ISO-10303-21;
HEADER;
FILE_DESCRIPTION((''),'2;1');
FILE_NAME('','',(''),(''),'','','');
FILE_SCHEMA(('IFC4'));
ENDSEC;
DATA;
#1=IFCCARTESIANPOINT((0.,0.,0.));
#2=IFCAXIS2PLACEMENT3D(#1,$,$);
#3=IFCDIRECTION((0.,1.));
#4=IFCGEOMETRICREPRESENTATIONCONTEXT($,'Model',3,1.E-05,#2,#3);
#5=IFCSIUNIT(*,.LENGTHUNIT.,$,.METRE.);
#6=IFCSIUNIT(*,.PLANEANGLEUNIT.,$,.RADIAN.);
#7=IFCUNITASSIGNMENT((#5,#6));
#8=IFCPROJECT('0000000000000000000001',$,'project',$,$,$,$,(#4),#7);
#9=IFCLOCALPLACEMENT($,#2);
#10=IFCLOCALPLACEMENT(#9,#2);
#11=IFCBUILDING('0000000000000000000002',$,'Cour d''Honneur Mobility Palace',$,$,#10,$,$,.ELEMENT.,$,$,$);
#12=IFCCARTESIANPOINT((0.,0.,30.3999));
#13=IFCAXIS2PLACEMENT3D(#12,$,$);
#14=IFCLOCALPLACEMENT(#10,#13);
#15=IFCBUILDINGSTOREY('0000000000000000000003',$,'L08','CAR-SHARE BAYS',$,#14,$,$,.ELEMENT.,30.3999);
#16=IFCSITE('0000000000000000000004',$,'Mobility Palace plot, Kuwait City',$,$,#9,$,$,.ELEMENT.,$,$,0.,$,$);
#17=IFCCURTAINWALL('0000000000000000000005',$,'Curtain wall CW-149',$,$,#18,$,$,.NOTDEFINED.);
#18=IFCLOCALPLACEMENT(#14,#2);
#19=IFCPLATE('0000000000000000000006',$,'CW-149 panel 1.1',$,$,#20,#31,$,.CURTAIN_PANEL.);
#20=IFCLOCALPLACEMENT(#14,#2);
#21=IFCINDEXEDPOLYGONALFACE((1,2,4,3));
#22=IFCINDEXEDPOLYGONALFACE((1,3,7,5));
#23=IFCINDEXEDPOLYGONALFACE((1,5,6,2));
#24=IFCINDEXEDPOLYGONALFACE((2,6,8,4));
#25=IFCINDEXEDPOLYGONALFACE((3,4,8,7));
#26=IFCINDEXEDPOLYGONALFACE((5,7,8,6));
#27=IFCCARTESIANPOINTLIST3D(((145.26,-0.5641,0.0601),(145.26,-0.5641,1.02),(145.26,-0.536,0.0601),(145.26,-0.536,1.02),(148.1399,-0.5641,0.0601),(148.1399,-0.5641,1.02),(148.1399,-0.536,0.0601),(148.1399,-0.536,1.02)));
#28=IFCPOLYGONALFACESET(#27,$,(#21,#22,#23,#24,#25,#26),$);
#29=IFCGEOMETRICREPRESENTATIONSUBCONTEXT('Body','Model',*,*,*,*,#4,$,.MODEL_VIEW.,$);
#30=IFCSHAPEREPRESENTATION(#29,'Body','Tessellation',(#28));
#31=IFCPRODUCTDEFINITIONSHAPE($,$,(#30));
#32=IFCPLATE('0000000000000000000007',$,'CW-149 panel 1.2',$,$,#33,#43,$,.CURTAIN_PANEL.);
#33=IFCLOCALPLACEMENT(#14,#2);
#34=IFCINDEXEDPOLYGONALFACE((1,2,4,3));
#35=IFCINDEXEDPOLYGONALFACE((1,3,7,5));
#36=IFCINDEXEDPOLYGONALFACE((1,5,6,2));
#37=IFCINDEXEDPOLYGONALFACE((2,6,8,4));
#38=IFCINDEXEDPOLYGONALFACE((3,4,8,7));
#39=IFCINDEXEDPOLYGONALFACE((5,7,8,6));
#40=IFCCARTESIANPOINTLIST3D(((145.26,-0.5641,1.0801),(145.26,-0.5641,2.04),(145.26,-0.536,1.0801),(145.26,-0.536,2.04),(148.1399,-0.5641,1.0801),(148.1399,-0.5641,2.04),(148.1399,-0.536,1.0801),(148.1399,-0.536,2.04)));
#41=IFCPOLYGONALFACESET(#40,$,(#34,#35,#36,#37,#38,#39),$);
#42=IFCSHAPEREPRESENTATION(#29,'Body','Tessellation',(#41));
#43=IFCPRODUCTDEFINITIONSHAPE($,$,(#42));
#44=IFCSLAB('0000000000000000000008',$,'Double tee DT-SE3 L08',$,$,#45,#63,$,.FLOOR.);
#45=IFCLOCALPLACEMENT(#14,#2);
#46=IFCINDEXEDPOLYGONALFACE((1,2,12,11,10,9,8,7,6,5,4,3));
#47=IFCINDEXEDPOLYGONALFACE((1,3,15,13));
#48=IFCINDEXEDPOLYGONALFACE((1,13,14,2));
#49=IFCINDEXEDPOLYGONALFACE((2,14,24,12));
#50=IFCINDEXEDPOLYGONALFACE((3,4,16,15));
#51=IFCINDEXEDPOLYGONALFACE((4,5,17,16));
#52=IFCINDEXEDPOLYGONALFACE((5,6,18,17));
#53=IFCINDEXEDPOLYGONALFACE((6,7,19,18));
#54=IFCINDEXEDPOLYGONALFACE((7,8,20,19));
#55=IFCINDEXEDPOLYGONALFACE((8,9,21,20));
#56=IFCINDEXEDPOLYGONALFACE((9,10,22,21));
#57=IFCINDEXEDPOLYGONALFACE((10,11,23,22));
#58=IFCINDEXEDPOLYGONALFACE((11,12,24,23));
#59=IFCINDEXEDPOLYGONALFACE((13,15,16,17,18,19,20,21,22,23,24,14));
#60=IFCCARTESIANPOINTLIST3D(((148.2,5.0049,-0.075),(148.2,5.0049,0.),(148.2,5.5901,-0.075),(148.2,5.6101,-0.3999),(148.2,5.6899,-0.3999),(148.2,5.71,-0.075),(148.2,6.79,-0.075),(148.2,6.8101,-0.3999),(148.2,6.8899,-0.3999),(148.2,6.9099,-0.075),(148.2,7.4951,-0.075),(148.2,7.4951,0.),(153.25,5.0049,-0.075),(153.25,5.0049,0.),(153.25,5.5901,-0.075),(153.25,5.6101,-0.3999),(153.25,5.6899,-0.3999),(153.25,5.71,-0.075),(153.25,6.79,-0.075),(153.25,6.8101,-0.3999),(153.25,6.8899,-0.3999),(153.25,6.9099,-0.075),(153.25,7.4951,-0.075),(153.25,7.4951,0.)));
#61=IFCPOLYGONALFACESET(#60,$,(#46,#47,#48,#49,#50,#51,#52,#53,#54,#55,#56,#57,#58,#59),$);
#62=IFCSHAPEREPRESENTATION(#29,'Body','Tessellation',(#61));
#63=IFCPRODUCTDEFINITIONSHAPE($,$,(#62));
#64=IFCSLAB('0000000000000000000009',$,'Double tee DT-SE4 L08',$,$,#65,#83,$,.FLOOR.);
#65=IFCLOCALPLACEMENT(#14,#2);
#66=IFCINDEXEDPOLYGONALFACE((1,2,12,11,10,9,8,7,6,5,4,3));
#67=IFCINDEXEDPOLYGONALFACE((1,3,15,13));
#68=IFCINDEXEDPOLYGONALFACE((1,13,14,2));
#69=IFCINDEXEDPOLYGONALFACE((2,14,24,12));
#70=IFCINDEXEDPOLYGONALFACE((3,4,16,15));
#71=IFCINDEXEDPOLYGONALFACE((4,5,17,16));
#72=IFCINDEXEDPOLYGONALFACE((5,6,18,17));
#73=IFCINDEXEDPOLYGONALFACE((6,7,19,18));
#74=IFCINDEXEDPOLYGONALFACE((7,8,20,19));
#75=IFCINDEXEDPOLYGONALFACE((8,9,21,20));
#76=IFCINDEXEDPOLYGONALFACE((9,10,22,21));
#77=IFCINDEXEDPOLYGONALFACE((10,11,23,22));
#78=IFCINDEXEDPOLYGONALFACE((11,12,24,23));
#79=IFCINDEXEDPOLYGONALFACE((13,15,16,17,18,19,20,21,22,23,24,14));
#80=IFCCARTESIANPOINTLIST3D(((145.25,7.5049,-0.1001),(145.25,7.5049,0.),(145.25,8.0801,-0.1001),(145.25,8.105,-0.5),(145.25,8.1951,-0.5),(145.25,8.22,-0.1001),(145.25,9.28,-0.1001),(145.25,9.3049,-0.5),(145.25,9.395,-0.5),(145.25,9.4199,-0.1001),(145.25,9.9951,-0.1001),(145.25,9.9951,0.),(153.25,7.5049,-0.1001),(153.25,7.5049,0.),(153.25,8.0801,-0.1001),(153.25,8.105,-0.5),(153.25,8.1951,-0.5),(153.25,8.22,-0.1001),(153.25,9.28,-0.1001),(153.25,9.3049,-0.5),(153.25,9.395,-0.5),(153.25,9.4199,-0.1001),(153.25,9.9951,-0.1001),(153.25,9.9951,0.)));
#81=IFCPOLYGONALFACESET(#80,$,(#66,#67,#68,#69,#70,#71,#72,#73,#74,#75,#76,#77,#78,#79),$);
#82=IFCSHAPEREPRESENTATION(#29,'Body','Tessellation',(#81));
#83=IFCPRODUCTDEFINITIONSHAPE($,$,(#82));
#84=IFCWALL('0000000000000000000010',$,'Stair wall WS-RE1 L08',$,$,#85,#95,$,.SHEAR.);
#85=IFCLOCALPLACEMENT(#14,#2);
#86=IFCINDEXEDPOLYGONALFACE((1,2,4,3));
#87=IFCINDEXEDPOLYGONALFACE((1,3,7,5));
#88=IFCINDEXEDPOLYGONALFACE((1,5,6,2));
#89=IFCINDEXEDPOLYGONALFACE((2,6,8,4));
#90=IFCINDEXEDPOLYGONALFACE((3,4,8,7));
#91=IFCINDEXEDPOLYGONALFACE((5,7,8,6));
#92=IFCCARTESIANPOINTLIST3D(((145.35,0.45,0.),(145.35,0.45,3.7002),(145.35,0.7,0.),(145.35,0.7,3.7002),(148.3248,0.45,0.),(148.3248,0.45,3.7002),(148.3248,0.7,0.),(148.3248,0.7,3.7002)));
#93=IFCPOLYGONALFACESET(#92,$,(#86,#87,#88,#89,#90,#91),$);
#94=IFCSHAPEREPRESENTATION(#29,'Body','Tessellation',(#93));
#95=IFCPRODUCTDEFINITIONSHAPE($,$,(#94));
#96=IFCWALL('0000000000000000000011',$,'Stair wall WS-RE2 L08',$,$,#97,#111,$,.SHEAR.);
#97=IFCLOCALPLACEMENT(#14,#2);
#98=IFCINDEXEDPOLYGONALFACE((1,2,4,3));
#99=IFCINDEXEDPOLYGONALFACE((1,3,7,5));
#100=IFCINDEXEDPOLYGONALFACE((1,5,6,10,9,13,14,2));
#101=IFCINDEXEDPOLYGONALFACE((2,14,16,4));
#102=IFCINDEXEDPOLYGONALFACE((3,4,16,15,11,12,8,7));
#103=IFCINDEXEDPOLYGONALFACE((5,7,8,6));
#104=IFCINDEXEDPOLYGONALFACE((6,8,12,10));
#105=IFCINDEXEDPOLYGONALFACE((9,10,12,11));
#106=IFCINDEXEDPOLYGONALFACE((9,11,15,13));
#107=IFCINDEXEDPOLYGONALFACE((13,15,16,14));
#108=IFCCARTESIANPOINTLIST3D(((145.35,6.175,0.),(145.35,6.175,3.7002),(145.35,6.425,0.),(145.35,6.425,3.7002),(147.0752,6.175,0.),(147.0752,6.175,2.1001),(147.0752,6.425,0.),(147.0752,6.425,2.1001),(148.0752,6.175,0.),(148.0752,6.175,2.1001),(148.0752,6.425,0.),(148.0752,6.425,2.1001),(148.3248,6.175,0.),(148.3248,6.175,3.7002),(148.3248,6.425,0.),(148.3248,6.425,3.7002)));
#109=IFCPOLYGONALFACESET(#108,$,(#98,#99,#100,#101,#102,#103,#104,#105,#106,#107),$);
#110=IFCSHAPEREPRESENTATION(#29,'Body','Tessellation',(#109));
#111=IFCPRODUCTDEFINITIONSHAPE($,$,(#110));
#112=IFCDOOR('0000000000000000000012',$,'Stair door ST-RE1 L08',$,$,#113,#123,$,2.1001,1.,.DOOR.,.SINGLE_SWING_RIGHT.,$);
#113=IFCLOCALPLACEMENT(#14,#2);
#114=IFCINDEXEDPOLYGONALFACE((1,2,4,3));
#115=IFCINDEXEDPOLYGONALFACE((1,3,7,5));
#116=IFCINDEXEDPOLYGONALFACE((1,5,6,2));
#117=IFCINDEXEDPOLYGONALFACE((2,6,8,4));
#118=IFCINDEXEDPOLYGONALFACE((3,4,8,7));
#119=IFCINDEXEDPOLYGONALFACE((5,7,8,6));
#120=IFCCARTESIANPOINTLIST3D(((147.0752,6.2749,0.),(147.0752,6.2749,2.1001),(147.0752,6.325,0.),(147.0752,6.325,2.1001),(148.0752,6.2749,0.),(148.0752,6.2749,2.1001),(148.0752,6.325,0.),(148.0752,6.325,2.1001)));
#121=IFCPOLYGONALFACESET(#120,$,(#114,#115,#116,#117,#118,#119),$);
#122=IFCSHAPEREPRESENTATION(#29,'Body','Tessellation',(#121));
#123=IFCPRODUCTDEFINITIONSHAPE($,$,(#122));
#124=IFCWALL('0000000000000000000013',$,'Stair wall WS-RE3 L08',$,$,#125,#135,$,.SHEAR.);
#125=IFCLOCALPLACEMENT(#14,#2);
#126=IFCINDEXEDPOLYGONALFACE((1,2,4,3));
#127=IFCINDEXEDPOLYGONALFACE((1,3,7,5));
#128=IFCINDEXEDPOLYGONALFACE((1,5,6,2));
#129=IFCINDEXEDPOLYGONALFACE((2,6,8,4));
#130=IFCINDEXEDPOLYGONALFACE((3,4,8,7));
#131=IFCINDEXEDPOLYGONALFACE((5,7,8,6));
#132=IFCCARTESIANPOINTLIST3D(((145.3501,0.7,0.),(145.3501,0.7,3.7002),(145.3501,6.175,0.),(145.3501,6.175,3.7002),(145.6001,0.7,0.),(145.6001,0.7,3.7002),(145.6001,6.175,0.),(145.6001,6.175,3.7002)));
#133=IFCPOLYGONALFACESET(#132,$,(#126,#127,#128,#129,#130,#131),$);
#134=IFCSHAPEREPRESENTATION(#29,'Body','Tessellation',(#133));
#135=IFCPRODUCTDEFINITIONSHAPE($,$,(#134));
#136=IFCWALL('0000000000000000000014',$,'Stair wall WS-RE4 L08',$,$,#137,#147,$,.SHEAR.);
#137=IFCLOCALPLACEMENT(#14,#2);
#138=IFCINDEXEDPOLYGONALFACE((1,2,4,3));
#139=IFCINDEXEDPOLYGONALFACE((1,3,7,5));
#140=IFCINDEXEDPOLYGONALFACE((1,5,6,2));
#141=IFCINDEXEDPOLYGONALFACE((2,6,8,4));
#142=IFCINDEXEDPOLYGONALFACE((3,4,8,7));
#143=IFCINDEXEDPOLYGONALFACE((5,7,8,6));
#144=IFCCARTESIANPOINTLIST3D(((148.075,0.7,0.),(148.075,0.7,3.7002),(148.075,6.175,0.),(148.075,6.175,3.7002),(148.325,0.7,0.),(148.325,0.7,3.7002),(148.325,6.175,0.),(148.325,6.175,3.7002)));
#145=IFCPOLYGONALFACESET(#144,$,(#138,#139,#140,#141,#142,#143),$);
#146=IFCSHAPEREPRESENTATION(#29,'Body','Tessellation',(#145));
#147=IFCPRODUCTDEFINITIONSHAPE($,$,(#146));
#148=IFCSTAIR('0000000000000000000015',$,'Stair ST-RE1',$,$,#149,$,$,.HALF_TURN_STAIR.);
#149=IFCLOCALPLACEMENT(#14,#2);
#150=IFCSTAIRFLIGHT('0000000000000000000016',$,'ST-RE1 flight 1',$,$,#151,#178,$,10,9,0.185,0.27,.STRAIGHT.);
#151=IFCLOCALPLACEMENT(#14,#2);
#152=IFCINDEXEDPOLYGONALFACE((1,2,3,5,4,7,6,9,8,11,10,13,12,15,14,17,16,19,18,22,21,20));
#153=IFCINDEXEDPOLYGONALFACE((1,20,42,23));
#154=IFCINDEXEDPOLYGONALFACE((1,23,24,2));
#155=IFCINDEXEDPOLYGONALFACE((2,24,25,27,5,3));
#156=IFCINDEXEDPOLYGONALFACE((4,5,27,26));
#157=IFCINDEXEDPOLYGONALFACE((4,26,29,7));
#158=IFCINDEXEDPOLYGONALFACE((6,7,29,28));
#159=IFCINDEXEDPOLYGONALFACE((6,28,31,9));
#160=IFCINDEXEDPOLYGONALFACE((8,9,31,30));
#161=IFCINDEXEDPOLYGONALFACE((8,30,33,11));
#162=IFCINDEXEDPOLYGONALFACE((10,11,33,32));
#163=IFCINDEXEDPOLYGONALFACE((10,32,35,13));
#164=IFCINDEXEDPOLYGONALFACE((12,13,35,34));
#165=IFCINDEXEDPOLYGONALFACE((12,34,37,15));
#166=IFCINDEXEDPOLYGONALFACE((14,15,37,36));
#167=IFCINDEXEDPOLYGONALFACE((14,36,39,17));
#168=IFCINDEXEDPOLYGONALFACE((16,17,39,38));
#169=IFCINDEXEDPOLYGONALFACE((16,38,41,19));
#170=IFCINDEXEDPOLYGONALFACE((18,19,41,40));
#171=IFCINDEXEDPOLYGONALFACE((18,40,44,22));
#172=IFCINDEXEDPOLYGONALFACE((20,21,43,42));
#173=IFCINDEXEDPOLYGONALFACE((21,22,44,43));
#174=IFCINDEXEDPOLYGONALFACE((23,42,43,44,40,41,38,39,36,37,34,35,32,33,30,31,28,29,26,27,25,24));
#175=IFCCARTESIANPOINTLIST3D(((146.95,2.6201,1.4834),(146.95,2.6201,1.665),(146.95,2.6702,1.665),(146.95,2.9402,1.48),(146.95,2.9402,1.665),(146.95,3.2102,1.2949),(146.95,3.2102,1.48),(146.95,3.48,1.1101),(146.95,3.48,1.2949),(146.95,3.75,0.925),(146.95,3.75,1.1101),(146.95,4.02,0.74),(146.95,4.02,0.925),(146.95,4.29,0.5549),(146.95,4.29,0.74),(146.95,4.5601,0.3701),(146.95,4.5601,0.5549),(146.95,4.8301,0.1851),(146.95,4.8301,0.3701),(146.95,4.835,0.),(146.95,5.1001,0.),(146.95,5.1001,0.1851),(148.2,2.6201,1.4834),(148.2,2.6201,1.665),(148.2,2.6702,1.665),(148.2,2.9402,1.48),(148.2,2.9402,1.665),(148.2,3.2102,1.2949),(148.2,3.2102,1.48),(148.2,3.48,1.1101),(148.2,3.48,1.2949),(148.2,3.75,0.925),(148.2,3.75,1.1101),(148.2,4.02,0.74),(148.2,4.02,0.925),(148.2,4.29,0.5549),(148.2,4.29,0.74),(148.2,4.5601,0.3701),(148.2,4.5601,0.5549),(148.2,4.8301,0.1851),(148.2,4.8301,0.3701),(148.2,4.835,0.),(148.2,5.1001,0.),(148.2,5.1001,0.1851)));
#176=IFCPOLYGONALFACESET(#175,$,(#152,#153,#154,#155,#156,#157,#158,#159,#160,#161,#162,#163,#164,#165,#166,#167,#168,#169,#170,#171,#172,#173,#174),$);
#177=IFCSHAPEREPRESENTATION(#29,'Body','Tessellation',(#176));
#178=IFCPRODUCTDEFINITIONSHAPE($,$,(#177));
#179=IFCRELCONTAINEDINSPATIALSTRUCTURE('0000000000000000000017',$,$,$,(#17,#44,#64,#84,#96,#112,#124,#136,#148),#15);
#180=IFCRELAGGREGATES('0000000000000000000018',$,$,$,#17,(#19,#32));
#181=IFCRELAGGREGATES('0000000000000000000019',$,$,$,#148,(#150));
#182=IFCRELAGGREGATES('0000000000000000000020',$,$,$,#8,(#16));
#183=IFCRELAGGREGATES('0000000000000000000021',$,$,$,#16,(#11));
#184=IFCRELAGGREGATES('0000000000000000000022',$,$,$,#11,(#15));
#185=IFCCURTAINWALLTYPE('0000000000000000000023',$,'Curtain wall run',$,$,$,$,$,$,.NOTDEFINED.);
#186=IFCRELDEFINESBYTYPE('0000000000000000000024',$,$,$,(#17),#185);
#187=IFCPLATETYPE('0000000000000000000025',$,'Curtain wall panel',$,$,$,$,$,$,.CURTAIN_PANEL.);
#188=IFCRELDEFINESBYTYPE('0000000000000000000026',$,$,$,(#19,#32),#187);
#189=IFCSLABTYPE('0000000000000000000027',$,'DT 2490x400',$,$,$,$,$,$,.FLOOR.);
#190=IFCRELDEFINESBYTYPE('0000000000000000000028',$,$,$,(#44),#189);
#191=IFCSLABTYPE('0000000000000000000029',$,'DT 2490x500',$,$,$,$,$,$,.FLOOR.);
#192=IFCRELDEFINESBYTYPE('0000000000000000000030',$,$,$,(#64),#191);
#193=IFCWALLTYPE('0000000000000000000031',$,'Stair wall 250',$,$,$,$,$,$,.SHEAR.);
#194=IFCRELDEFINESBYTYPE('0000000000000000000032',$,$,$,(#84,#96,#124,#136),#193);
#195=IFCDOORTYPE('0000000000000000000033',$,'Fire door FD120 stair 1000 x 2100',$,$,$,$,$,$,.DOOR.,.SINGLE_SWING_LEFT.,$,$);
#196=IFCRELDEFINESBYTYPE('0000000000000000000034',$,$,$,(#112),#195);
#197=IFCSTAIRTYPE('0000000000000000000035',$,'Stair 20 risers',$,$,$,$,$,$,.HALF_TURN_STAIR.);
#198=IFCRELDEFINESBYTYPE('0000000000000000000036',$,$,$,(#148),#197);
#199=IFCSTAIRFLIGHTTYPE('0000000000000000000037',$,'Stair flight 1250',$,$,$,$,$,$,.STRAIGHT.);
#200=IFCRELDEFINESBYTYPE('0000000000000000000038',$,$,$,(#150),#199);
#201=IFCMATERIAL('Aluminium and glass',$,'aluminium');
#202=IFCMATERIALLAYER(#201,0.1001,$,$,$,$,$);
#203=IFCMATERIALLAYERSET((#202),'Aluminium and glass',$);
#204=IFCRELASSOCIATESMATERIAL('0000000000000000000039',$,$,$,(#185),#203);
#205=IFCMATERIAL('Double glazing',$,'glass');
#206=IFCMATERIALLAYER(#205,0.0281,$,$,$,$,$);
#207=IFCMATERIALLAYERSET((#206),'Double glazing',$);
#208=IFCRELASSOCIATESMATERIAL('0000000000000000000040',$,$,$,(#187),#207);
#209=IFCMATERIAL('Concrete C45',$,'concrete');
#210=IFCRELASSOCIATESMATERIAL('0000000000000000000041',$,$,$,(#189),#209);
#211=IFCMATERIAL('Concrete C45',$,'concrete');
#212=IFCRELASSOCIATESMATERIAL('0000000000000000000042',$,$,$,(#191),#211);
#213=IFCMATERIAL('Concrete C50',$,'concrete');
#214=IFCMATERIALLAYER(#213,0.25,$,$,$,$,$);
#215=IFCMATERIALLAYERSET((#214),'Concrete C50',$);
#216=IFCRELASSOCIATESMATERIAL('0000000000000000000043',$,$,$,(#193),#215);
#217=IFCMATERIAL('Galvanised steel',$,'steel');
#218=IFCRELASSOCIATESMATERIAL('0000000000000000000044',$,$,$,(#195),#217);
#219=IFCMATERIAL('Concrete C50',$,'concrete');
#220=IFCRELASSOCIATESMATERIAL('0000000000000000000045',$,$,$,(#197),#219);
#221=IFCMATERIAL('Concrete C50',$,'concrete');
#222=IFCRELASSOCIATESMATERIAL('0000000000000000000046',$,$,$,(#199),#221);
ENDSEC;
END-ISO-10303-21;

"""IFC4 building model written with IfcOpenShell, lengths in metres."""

from ifc_helpers import new_model, si_unit, direction, frame, frame_2d, origin, origin_2d, place, context, subcontext, project, spatial, polyline, rectangle, outline, extrude, material, layer, layer_set, material_profile, profile_set, type_object, element, fill, aggregate, save


model = new_model("IFC4")

# Units and contexts
model_context = context("Model", 3, precision=1e-05, world=origin(), true_north=direction((0.0, 1.0)))
body_context = subcontext(model_context, "Body", "Model", "MODEL_VIEW")
ifc_project = project(units=[si_unit("LENGTHUNIT", "METRE"), si_unit("PLANEANGLEUNIT", "RADIAN")], contexts=[model_context])

# Site, building, storey
site_placement = place(None, origin())
site = spatial("IfcSite", under=ifc_project, at=site_placement, Name="Mobility Palace plot, Kuwait City", CompositionType="ELEMENT", RefElevation=0.0)
building_placement = place(site_placement, origin())
building = spatial("IfcBuilding", under=site, at=building_placement, Name="Cour d'Honneur Mobility Palace", CompositionType="ELEMENT")
storey_placement = place(building_placement, frame((0.0, 0.0, 30.3999)))
storey = spatial("IfcBuildingStorey", under=building, at=storey_placement, Name="L08", Description="CAR-SHARE BAYS", CompositionType="ELEMENT", Elevation=30.3999)

# Curtain wall
ifc_material_1 = material(Name="Aluminium and glass", Category="aluminium")
ifc_layer_1 = layer(ifc_material_1, 0.1001)
ifc_layer_set_1 = layer_set([ifc_layer_1], Name="Aluminium and glass")
curtain_wall_type = type_object("IfcCurtainWallType", Name="Curtain wall run", PredefinedType="NOTDEFINED", material=ifc_layer_set_1)
curtain_wall_placement = place(storey_placement, origin())
curtain_wall = element("IfcCurtainWall", 1, at=curtain_wall_placement, inside=storey, type_object=curtain_wall_type, Name="Curtain wall CW-149", PredefinedType="NOTDEFINED")

# Plates
ifc_material_2 = material(Name="Double glazing", Category="glass")
ifc_layer_2 = layer(ifc_material_2, 0.0281)
ifc_layer_set_2 = layer_set([ifc_layer_2], Name="Double glazing")
plate_type = type_object("IfcPlateType", Name="Curtain wall panel", PredefinedType="CURTAIN_PANEL", material=ifc_layer_set_2)
plate_1_placement = place(storey_placement, frame((146.7, -0.55, 0.0601), z_axis=(0.0, 0.0, 1.0), x_axis=(1.0, 0.0, 0.0)))
plate_1 = element("IfcPlate", 2, at=plate_1_placement, type_object=plate_type, Name="CW-149 panel 1.1", PredefinedType="CURTAIN_PANEL", context=body_context, shape_type="SweptSolid", body=[
    extrude(rectangle(XDim=2.8799, YDim=0.0281, at=origin_2d()), origin(), (0.0, 0.0, 1.0), 0.96),
])
plate_2_placement = place(storey_placement, frame((146.7, -0.55, 1.0801), z_axis=(0.0, 0.0, 1.0), x_axis=(1.0, 0.0, 0.0)))
plate_2 = element("IfcPlate", 3, at=plate_2_placement, type_object=plate_type, Name="CW-149 panel 1.2", PredefinedType="CURTAIN_PANEL", context=body_context, shape_type="SweptSolid", body=[
    extrude(rectangle(XDim=2.8799, YDim=0.0281, at=origin_2d()), origin(), (0.0, 0.0, 1.0), 0.96),
])
aggregate(curtain_wall, [plate_1, plate_2])

# Slabs
ifc_material_3 = material(Name="Concrete C45", Category="concrete")
ifc_material_profile_1 = material_profile(ifc_material_3, outline(polyline([(-1.2451, 0.0), (1.2451, 0.0), (1.2451, -0.075), (0.6599, -0.075), (0.6399, -0.3999), (0.5601, -0.3999), (0.54, -0.075), (-0.54, -0.075), (-0.5601, -0.3999), (-0.6399, -0.3999), (-0.6599, -0.075), (-1.2451, -0.075), (-1.2451, 0.0)])), Name="DT 2490x400")
ifc_profile_set_1 = profile_set([ifc_material_profile_1], Name="Concrete C45")
slab_type_1 = type_object("IfcSlabType", Name="DT 2490x400", PredefinedType="FLOOR", material=ifc_profile_set_1)
slab_1_placement = place(storey_placement, frame((148.2, 6.25, 0.0), z_axis=(1.0, 0.0, 0.0), x_axis=(0.0, 1.0, 0.0)))
element("IfcSlab", 4, at=slab_1_placement, inside=storey, type_object=slab_type_1, Name="Double tee DT-SE3 L08", PredefinedType="FLOOR", context=body_context, shape_type="SweptSolid", body=[
    extrude(outline(polyline([(-1.2451, 0.0), (1.2451, 0.0), (1.2451, -0.075), (0.6599, -0.075), (0.6399, -0.3999), (0.5601, -0.3999), (0.54, -0.075), (-0.54, -0.075), (-0.5601, -0.3999), (-0.6399, -0.3999), (-0.6599, -0.075), (-1.2451, -0.075), (-1.2451, 0.0)])), origin(), (0.0, 0.0, 1.0), 5.05),
])
ifc_material_4 = material(Name="Concrete C45", Category="concrete")
ifc_material_profile_2 = material_profile(ifc_material_4, outline(polyline([(-1.2451, 0.0), (1.2451, 0.0), (1.2451, -0.1001), (0.6699, -0.1001), (0.645, -0.5), (0.5549, -0.5), (0.53, -0.1001), (-0.53, -0.1001), (-0.5549, -0.5), (-0.645, -0.5), (-0.6699, -0.1001), (-1.2451, -0.1001), (-1.2451, 0.0)])), Name="DT 2490x500")
ifc_profile_set_2 = profile_set([ifc_material_profile_2], Name="Concrete C45")
slab_type_2 = type_object("IfcSlabType", Name="DT 2490x500", PredefinedType="FLOOR", material=ifc_profile_set_2)
slab_2_placement = place(storey_placement, frame((145.25, 8.75, 0.0), z_axis=(1.0, 0.0, 0.0), x_axis=(0.0, 1.0, 0.0)))
element("IfcSlab", 5, at=slab_2_placement, inside=storey, type_object=slab_type_2, Name="Double tee DT-SE4 L08", PredefinedType="FLOOR", context=body_context, shape_type="SweptSolid", body=[
    extrude(outline(polyline([(-1.2451, 0.0), (1.2451, 0.0), (1.2451, -0.1001), (0.6699, -0.1001), (0.645, -0.5), (0.5549, -0.5), (0.53, -0.1001), (-0.53, -0.1001), (-0.5549, -0.5), (-0.645, -0.5), (-0.6699, -0.1001), (-1.2451, -0.1001), (-1.2451, 0.0)])), origin(), (0.0, 0.0, 1.0), 8.0),
])

# Wall
ifc_material_5 = material(Name="Concrete C50", Category="concrete")
ifc_layer_3 = layer(ifc_material_5, 0.25)
ifc_layer_set_3 = layer_set([ifc_layer_3], Name="Concrete C50")
wall_type = type_object("IfcWallType", Name="Stair wall 250", PredefinedType="SHEAR", material=ifc_layer_set_3)
wall_1_placement = place(storey_placement, frame((145.3501, 0.575, 0.0), z_axis=(0.0, 0.0, 1.0), x_axis=(1.0, 0.0, 0.0)))
element("IfcWall", 6, at=wall_1_placement, inside=storey, type_object=wall_type, Name="Stair wall WS-RE1 L08", PredefinedType="SHEAR", context=body_context, shape_type="SweptSolid", body=[
    extrude(rectangle(XDim=2.9749, YDim=0.25, at=frame_2d((1.4873, 0.0))), origin(), (0.0, 0.0, 1.0), 3.7002),
])

# Wall, opening, door
wall_2_placement = place(storey_placement, frame((145.3501, 6.3, 0.0), z_axis=(0.0, 0.0, 1.0), x_axis=(1.0, 0.0, 0.0)))
wall_2 = element("IfcWall", 7, at=wall_2_placement, inside=storey, type_object=wall_type, Name="Stair wall WS-RE2 L08", PredefinedType="SHEAR", context=body_context, shape_type="SweptSolid", body=[
    extrude(rectangle(XDim=2.9749, YDim=0.25, at=frame_2d((1.4873, 0.0))), origin(), (0.0, 0.0, 1.0), 3.7002),
])
opening_placement = place(wall_2_placement, frame((1.7251, 0.0, 0.0)))
opening = element("IfcOpeningElement", 8, at=opening_placement, cuts=wall_2, PredefinedType="OPENING", context=body_context, shape_type="SweptSolid", body=[
    extrude(rectangle(XDim=1.0, YDim=2.1001, at=frame_2d((0.5, 1.05))), frame((0.0, 0.135, 0.0), z_axis=(0.0, -1.0, 0.0), x_axis=(1.0, 0.0, 0.0)), (0.0, 0.0, 1.0), 0.27),
])
ifc_material_6 = material(Name="Galvanised steel", Category="steel")
door_type = type_object("IfcDoorType", Name="Fire door FD120 stair 1000 x 2100", OperationType="SINGLE_SWING_LEFT", PredefinedType="DOOR", material=ifc_material_6)
door_placement = place(opening_placement, origin())
door = element("IfcDoor", 9, at=door_placement, inside=storey, type_object=door_type, Name="Stair door ST-RE1 L08", OperationType="SINGLE_SWING_RIGHT", OverallHeight=2.1001, OverallWidth=1.0, PredefinedType="DOOR", context=body_context, shape_type="SweptSolid", body=[
    extrude(rectangle(XDim=1.0, YDim=2.1001, at=frame_2d((0.5, 1.05))), frame((0.0, 0.0249, 0.0), z_axis=(0.0, -1.0, 0.0), x_axis=(1.0, 0.0, 0.0)), (0.0, 0.0, 1.0), 0.05),
])
fill(opening, door)

# Walls
for number, where, z_axis, x_axis, name in (
    (10, (145.4751, 0.7, 0.0), (0.0, 0.0, 1.0), (0.0, 1.0, 0.0), "Stair wall WS-RE3 L08"),
    (11, (148.2, 0.7, 0.0), (0.0, 0.0, 1.0), (0.0, 1.0, 0.0), "Stair wall WS-RE4 L08"),
):
    element("IfcWall", number, at=place(storey_placement, frame(where, z_axis=z_axis, x_axis=x_axis)), inside=storey, type_object=wall_type, Name=name, PredefinedType="SHEAR", context=body_context, shape_type="SweptSolid", body=[
        extrude(rectangle(XDim=5.4751, YDim=0.25, at=frame_2d((2.7375, 0.0))), origin(), (0.0, 0.0, 1.0), 3.7002),
    ])

# Stair, stair flight
ifc_material_7 = material(Name="Concrete C50", Category="concrete")
stair_type = type_object("IfcStairType", Name="Stair 20 risers", PredefinedType="HALF_TURN_STAIR", material=ifc_material_7)
stair_placement = place(storey_placement, origin())
stair = element("IfcStair", 12, at=stair_placement, inside=storey, type_object=stair_type, Name="Stair ST-RE1", PredefinedType="HALF_TURN_STAIR")
ifc_material_8 = material(Name="Concrete C50", Category="concrete")
stair_flight_type = type_object("IfcStairFlightType", Name="Stair flight 1250", PredefinedType="STRAIGHT", material=ifc_material_8)
stair_flight_1_placement = place(storey_placement, frame((147.575, 5.1001, 0.0), z_axis=(0.0, 0.0, 1.0), x_axis=(0.0, -1.0, 0.0)))
stair_flight_1 = element("IfcStairFlight", 13, at=stair_flight_1_placement, type_object=stair_flight_type, Name="ST-RE1 flight 1", NumberOfRisers=10, NumberOfTreads=9, PredefinedType="STRAIGHT", RiserHeight=0.185, TreadLength=0.27, context=body_context, shape_type="SweptSolid", body=[
    extrude(outline(polyline([(0.0, 0.0), (0.0, 0.1851), (0.27, 0.1851), (0.27, 0.3701), (0.54, 0.3701), (0.54, 0.5549), (0.8101, 0.5549), (0.8101, 0.74), (1.0801, 0.74), (1.0801, 0.925), (1.3501, 0.925), (1.3501, 1.1101), (1.6201, 1.1101), (1.6201, 1.2949), (1.8899, 1.2949), (1.8899, 1.48), (2.1599, 1.48), (2.1599, 1.665), (2.4299, 1.665), (2.48, 1.665), (2.48, 1.4834), (0.2651, 0.0), (0.0, 0.0)])), frame((0.0, 0.625, 0.0), z_axis=(0.0, -1.0, 0.0), x_axis=(1.0, 0.0, 0.0)), (0.0, 0.0, 1.0), 1.25),
])
aggregate(stair, [stair_flight_1])

save(model, "model.ifc")
